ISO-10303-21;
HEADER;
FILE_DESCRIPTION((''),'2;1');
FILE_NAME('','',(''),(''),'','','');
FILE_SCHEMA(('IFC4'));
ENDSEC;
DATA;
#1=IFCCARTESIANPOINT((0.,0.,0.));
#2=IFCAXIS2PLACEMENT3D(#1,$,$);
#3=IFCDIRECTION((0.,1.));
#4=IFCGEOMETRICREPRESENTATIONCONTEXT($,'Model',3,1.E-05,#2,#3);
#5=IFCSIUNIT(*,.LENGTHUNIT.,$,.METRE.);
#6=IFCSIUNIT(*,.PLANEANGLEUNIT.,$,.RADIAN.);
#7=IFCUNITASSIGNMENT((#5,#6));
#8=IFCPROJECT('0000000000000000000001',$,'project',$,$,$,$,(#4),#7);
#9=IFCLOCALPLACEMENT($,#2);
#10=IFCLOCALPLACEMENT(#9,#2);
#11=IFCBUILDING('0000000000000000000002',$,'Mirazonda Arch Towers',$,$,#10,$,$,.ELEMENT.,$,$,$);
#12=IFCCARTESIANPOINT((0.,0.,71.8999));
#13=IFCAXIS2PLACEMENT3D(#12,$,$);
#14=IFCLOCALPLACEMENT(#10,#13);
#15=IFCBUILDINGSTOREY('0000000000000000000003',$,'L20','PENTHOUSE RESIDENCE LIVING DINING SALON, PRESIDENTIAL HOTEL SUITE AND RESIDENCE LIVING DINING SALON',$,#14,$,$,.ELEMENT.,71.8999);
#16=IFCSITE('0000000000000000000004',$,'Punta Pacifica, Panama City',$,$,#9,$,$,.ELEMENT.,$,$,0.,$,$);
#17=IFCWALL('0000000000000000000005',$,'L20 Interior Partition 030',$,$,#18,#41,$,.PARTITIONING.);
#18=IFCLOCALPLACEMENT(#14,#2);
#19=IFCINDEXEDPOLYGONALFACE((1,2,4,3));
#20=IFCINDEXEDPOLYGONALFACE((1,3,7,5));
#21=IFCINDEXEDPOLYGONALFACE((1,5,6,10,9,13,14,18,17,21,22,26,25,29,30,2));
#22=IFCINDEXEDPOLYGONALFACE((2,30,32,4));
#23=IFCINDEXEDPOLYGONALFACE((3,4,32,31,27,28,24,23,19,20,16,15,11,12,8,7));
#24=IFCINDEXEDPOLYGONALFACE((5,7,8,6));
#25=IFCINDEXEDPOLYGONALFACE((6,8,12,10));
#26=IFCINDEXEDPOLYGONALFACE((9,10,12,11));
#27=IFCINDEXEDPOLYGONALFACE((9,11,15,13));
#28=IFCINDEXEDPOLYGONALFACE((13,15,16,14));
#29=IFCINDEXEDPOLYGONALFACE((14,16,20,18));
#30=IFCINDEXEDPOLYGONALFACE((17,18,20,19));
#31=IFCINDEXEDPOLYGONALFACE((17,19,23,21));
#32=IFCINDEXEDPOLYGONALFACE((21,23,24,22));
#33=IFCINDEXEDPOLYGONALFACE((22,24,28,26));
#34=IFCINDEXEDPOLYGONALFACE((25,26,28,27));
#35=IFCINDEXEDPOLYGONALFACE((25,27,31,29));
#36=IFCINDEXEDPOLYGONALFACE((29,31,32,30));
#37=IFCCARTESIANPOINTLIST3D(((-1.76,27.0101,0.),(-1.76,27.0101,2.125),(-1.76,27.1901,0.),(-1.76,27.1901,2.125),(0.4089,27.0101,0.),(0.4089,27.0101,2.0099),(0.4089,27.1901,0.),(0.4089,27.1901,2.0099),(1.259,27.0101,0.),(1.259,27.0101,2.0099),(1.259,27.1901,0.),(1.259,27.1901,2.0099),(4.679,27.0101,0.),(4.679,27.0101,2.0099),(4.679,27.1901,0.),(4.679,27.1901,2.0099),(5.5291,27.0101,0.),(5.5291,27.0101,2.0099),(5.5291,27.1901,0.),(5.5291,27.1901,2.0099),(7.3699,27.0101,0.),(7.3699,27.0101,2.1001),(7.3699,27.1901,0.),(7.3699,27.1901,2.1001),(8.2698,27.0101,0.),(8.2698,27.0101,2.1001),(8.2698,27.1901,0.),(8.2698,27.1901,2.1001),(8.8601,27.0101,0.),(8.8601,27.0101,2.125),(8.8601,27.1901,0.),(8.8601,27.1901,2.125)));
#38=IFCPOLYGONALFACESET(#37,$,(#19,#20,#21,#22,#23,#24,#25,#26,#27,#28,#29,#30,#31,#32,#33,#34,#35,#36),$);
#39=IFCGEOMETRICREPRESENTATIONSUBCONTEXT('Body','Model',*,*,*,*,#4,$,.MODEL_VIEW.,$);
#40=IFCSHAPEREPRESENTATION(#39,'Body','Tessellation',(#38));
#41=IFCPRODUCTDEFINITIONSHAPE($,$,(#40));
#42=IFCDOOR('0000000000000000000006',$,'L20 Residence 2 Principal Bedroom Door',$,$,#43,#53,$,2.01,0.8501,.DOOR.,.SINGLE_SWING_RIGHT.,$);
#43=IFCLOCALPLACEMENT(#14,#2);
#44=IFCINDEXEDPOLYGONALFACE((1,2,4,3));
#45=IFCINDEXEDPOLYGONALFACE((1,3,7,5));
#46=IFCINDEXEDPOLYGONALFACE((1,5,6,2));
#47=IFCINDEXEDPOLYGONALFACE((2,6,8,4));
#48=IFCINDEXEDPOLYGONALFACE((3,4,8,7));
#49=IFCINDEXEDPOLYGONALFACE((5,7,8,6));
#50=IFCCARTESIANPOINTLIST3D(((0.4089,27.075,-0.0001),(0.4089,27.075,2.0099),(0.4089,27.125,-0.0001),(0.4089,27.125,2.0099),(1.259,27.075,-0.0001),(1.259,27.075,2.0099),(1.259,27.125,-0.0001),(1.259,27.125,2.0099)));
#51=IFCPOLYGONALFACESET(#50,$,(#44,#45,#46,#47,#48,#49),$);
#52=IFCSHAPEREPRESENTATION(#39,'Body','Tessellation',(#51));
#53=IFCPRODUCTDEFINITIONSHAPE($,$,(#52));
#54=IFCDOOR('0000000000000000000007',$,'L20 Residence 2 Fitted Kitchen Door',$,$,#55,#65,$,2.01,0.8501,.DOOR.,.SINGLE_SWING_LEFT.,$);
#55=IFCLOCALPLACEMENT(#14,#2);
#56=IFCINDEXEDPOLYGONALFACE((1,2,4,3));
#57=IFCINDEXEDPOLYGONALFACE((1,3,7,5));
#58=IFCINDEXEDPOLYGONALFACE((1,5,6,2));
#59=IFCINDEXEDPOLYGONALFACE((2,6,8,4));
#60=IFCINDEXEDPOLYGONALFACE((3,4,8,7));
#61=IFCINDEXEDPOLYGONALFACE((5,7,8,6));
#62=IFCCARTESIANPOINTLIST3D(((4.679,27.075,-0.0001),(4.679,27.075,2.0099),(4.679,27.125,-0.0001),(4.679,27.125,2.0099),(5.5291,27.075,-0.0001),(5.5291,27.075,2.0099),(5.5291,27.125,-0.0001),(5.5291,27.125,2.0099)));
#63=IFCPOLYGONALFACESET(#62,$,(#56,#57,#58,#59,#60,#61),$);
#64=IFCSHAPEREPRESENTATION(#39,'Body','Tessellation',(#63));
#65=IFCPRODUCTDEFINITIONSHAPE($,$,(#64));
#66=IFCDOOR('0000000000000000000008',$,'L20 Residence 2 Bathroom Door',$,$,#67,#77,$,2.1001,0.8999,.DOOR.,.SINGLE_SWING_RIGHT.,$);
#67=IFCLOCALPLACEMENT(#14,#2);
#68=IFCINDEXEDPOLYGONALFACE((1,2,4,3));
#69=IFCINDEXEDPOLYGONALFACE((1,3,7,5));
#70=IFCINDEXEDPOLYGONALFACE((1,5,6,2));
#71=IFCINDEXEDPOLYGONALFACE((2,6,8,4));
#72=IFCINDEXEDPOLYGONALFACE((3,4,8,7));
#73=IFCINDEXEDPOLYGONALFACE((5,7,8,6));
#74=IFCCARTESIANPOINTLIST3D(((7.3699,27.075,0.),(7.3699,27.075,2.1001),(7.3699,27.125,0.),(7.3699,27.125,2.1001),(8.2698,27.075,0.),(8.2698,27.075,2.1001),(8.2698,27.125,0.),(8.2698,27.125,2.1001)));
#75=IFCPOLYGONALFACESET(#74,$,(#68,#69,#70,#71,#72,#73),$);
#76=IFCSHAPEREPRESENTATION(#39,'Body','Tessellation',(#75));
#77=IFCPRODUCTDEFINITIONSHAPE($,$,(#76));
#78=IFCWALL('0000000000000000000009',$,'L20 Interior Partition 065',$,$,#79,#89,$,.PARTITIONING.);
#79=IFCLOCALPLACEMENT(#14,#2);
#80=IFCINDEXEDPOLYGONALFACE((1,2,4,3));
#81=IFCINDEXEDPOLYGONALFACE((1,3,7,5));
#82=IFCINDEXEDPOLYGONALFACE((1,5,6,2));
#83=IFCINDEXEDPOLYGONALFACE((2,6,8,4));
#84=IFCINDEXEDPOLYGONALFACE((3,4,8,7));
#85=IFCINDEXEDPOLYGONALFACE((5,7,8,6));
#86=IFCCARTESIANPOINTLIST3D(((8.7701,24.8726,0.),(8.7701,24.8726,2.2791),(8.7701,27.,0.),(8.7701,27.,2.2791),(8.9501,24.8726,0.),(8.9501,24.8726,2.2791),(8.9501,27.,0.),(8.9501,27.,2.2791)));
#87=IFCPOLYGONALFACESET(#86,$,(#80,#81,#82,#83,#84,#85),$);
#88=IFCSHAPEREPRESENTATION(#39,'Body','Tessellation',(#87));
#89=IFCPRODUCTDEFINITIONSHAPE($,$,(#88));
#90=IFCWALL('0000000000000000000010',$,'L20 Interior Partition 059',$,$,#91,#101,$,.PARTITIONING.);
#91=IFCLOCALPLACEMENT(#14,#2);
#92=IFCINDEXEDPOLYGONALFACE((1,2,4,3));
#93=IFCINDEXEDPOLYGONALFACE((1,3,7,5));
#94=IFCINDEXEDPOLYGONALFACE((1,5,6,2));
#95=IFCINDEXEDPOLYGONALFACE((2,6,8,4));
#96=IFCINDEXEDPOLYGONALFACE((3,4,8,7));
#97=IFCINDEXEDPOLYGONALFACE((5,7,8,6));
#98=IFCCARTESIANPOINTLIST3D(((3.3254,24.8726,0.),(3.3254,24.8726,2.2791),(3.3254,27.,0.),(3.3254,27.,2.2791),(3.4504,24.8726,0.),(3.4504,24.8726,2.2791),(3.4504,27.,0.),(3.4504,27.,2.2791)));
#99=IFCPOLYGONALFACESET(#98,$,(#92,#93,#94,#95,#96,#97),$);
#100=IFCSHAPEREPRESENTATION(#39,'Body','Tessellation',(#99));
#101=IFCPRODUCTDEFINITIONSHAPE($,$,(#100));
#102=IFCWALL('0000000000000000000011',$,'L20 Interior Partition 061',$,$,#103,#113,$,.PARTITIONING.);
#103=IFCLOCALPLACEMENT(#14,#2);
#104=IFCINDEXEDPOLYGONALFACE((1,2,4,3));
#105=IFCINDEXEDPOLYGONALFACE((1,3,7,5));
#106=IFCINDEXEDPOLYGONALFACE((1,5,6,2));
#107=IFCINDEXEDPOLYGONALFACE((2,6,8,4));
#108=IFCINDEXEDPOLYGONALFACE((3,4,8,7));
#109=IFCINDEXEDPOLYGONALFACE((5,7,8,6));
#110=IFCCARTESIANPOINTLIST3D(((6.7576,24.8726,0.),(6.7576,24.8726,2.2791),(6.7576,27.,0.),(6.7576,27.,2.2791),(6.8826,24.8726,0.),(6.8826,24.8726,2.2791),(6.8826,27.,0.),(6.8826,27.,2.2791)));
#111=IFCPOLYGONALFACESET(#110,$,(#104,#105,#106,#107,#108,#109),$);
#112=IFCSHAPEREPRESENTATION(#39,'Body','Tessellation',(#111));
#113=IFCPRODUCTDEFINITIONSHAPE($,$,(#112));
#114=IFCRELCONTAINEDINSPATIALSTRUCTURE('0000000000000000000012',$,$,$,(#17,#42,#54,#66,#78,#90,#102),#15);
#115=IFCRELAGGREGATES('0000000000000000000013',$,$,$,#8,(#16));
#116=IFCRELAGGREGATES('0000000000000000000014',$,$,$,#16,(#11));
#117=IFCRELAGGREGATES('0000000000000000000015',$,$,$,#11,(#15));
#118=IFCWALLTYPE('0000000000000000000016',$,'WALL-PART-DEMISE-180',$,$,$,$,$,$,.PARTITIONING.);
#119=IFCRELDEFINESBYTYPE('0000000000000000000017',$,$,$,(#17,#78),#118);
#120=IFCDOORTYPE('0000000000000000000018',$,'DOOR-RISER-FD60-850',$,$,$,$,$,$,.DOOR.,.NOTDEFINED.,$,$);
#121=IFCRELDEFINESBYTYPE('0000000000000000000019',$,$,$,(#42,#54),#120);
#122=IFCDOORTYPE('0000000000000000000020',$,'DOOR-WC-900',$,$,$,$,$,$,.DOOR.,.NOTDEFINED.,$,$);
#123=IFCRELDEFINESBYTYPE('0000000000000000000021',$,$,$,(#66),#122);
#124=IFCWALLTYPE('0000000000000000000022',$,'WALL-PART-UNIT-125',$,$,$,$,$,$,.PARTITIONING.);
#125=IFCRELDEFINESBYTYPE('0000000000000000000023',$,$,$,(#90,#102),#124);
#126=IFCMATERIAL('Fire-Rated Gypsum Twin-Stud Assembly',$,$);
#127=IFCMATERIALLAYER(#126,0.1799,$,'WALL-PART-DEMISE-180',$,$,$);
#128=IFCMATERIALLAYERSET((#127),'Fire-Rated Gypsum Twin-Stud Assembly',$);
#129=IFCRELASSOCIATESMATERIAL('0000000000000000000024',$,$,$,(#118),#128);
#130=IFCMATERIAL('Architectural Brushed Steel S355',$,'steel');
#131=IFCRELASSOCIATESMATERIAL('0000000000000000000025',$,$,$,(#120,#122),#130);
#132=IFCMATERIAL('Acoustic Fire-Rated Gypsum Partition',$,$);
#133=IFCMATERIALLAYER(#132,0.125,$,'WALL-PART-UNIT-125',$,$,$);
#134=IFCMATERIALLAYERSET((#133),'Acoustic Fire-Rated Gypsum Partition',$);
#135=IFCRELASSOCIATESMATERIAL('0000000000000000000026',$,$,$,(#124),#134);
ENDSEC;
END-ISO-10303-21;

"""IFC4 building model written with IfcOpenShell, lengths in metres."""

from ifc_helpers import new_model, si_unit, direction, frame, frame_2d, origin, place, context, subcontext, project, spatial, rectangle, extrude, material, layer, layer_set, type_object, element, fill, save


model = new_model("IFC4")

# Units and contexts
model_context = context("Model", 3, precision=1e-05, world=origin(), true_north=direction((0.0, 1.0)))
body_context = subcontext(model_context, "Body", "Model", "MODEL_VIEW")
ifc_project = project(units=[si_unit("LENGTHUNIT", "METRE"), si_unit("PLANEANGLEUNIT", "RADIAN")], contexts=[model_context])

# Site, building, storey
site_placement = place(None, origin())
site = spatial("IfcSite", under=ifc_project, at=site_placement, Name="Punta Pacifica, Panama City", CompositionType="ELEMENT", RefElevation=0.0)
building_placement = place(site_placement, origin())
building = spatial("IfcBuilding", under=site, at=building_placement, Name="Mirazonda Arch Towers", CompositionType="ELEMENT")
storey_placement = place(building_placement, frame((0.0, 0.0, 71.8999)))
storey = spatial("IfcBuildingStorey", under=building, at=storey_placement, Name="L20", Description="PENTHOUSE RESIDENCE LIVING DINING SALON, PRESIDENTIAL HOTEL SUITE AND RESIDENCE LIVING DINING SALON", CompositionType="ELEMENT", Elevation=71.8999)

# Wall, openings, doors
ifc_material_1 = material(Name="Fire-Rated Gypsum Twin-Stud Assembly")
ifc_layer_1 = layer(ifc_material_1, 0.1799, Name="WALL-PART-DEMISE-180")
ifc_layer_set_1 = layer_set([ifc_layer_1], Name="Fire-Rated Gypsum Twin-Stud Assembly")
wall_type_1 = type_object("IfcWallType", Name="WALL-PART-DEMISE-180", PredefinedType="PARTITIONING", material=ifc_layer_set_1)
wall_1_placement = place(storey_placement, frame((-1.76, 27.1001, 0.0), z_axis=(0.0, 0.0, 1.0), x_axis=(1.0, 0.0, 0.0)))
wall_1 = element("IfcWall", 1, at=wall_1_placement, inside=storey, type_object=wall_type_1, Name="L20 Interior Partition 030", PredefinedType="PARTITIONING", context=body_context, shape_type="SweptSolid", body=[
    extrude(rectangle(XDim=10.6201, YDim=0.1799, at=frame_2d((5.3101, 0.0))), origin(), (0.0, 0.0, 1.0), 2.125),
])
opening_1_placement = place(wall_1_placement, frame((2.1689, 0.0, 0.0)))
opening_1 = element("IfcOpeningElement", 2, at=opening_1_placement, cuts=wall_1, PredefinedType="OPENING", context=body_context, shape_type="SweptSolid", body=[
    extrude(rectangle(XDim=0.8501, YDim=2.01, at=frame_2d((0.425, 1.0049))), frame((0.0, 0.0999, 0.0), z_axis=(0.0, -1.0, 0.0), x_axis=(1.0, 0.0, 0.0)), (0.0, 0.0, 1.0), 0.2),
])
opening_2_placement = place(wall_1_placement, frame((6.439, 0.0, 0.0)))
opening_2 = element("IfcOpeningElement", 3, at=opening_2_placement, cuts=wall_1, PredefinedType="OPENING", context=body_context, shape_type="SweptSolid", body=[
    extrude(rectangle(XDim=0.8501, YDim=2.01, at=frame_2d((0.425, 1.0049))), frame((0.0, 0.0999, 0.0), z_axis=(0.0, -1.0, 0.0), x_axis=(1.0, 0.0, 0.0)), (0.0, 0.0, 1.0), 0.2),
])
opening_3_placement = place(wall_1_placement, frame((9.1299, 0.0, 0.0)))
opening_3 = element("IfcOpeningElement", 4, at=opening_3_placement, cuts=wall_1, PredefinedType="OPENING", context=body_context, shape_type="SweptSolid", body=[
    extrude(rectangle(XDim=0.8999, YDim=2.1001, at=frame_2d((0.45, 1.05))), frame((0.0, 0.0999, 0.0), z_axis=(0.0, -1.0, 0.0), x_axis=(1.0, 0.0, 0.0)), (0.0, 0.0, 1.0), 0.2),
])
ifc_material_2 = material(Name="Architectural Brushed Steel S355", Category="steel")
door_type_1 = type_object("IfcDoorType", Name="DOOR-RISER-FD60-850", OperationType="NOTDEFINED", PredefinedType="DOOR", material=ifc_material_2)
door_1_placement = place(opening_1_placement, origin())
door_1 = element("IfcDoor", 5, at=door_1_placement, inside=storey, type_object=door_type_1, Name="L20 Residence 2 Principal Bedroom Door", OperationType="SINGLE_SWING_RIGHT", OverallHeight=2.01, OverallWidth=0.8501, PredefinedType="DOOR", context=body_context, shape_type="SweptSolid", body=[
    extrude(rectangle(XDim=0.8501, YDim=2.01, at=frame_2d((0.425, 1.0049))), frame((0.0, 0.0249, 0.0), z_axis=(0.0, -1.0, 0.0), x_axis=(1.0, 0.0, 0.0)), (0.0, 0.0, 1.0), 0.05),
])
fill(opening_1, door_1)
door_2_placement = place(opening_2_placement, origin())
door_2 = element("IfcDoor", 6, at=door_2_placement, inside=storey, type_object=door_type_1, Name="L20 Residence 2 Fitted Kitchen Door", OperationType="SINGLE_SWING_LEFT", OverallHeight=2.01, OverallWidth=0.8501, PredefinedType="DOOR", context=body_context, shape_type="SweptSolid", body=[
    extrude(rectangle(XDim=0.8501, YDim=2.01, at=frame_2d((0.425, 1.0049))), frame((0.0, 0.0249, 0.0), z_axis=(0.0, -1.0, 0.0), x_axis=(1.0, 0.0, 0.0)), (0.0, 0.0, 1.0), 0.05),
])
fill(opening_2, door_2)
door_type_2 = type_object("IfcDoorType", Name="DOOR-WC-900", OperationType="NOTDEFINED", PredefinedType="DOOR", material=ifc_material_2)
door_3_placement = place(opening_3_placement, origin())
door_3 = element("IfcDoor", 7, at=door_3_placement, inside=storey, type_object=door_type_2, Name="L20 Residence 2 Bathroom Door", OperationType="SINGLE_SWING_RIGHT", OverallHeight=2.1001, OverallWidth=0.8999, PredefinedType="DOOR", context=body_context, shape_type="SweptSolid", body=[
    extrude(rectangle(XDim=0.8999, YDim=2.1001, at=frame_2d((0.45, 1.05))), frame((0.0, 0.0249, 0.0), z_axis=(0.0, -1.0, 0.0), x_axis=(1.0, 0.0, 0.0)), (0.0, 0.0, 1.0), 0.05),
])
fill(opening_3, door_3)

# Walls
wall_2_placement = place(storey_placement, frame((8.8601, 24.8726, 0.0), z_axis=(0.0, 0.0, 1.0), x_axis=(0.0, 1.0, 0.0)))
element("IfcWall", 8, at=wall_2_placement, inside=storey, type_object=wall_type_1, Name="L20 Interior Partition 065", PredefinedType="PARTITIONING", context=body_context, shape_type="SweptSolid", body=[
    extrude(rectangle(XDim=2.1274, YDim=0.1799, at=frame_2d((1.0637, 0.0))), origin(), (0.0, 0.0, 1.0), 2.2791),
])
ifc_material_3 = material(Name="Acoustic Fire-Rated Gypsum Partition")
ifc_layer_2 = layer(ifc_material_3, 0.125, Name="WALL-PART-UNIT-125")
ifc_layer_set_2 = layer_set([ifc_layer_2], Name="Acoustic Fire-Rated Gypsum Partition")
wall_type_2 = type_object("IfcWallType", Name="WALL-PART-UNIT-125", PredefinedType="PARTITIONING", material=ifc_layer_set_2)
for number, where, z_axis, x_axis, name in (
    (9, (3.3879, 24.8726, 0.0), (0.0, 0.0, 1.0), (0.0, 1.0, 0.0), "L20 Interior Partition 059"),
    (10, (6.8201, 24.8726, 0.0), (0.0, 0.0, 1.0), (0.0, 1.0, 0.0), "L20 Interior Partition 061"),
):
    element("IfcWall", number, at=place(storey_placement, frame(where, z_axis=z_axis, x_axis=x_axis)), inside=storey, type_object=wall_type_2, Name=name, PredefinedType="PARTITIONING", context=body_context, shape_type="SweptSolid", body=[
        extrude(rectangle(XDim=2.1274, YDim=0.125, at=frame_2d((1.0637, 0.0))), origin(), (0.0, 0.0, 1.0), 2.2791),
    ])

save(model, "model.ifc")
